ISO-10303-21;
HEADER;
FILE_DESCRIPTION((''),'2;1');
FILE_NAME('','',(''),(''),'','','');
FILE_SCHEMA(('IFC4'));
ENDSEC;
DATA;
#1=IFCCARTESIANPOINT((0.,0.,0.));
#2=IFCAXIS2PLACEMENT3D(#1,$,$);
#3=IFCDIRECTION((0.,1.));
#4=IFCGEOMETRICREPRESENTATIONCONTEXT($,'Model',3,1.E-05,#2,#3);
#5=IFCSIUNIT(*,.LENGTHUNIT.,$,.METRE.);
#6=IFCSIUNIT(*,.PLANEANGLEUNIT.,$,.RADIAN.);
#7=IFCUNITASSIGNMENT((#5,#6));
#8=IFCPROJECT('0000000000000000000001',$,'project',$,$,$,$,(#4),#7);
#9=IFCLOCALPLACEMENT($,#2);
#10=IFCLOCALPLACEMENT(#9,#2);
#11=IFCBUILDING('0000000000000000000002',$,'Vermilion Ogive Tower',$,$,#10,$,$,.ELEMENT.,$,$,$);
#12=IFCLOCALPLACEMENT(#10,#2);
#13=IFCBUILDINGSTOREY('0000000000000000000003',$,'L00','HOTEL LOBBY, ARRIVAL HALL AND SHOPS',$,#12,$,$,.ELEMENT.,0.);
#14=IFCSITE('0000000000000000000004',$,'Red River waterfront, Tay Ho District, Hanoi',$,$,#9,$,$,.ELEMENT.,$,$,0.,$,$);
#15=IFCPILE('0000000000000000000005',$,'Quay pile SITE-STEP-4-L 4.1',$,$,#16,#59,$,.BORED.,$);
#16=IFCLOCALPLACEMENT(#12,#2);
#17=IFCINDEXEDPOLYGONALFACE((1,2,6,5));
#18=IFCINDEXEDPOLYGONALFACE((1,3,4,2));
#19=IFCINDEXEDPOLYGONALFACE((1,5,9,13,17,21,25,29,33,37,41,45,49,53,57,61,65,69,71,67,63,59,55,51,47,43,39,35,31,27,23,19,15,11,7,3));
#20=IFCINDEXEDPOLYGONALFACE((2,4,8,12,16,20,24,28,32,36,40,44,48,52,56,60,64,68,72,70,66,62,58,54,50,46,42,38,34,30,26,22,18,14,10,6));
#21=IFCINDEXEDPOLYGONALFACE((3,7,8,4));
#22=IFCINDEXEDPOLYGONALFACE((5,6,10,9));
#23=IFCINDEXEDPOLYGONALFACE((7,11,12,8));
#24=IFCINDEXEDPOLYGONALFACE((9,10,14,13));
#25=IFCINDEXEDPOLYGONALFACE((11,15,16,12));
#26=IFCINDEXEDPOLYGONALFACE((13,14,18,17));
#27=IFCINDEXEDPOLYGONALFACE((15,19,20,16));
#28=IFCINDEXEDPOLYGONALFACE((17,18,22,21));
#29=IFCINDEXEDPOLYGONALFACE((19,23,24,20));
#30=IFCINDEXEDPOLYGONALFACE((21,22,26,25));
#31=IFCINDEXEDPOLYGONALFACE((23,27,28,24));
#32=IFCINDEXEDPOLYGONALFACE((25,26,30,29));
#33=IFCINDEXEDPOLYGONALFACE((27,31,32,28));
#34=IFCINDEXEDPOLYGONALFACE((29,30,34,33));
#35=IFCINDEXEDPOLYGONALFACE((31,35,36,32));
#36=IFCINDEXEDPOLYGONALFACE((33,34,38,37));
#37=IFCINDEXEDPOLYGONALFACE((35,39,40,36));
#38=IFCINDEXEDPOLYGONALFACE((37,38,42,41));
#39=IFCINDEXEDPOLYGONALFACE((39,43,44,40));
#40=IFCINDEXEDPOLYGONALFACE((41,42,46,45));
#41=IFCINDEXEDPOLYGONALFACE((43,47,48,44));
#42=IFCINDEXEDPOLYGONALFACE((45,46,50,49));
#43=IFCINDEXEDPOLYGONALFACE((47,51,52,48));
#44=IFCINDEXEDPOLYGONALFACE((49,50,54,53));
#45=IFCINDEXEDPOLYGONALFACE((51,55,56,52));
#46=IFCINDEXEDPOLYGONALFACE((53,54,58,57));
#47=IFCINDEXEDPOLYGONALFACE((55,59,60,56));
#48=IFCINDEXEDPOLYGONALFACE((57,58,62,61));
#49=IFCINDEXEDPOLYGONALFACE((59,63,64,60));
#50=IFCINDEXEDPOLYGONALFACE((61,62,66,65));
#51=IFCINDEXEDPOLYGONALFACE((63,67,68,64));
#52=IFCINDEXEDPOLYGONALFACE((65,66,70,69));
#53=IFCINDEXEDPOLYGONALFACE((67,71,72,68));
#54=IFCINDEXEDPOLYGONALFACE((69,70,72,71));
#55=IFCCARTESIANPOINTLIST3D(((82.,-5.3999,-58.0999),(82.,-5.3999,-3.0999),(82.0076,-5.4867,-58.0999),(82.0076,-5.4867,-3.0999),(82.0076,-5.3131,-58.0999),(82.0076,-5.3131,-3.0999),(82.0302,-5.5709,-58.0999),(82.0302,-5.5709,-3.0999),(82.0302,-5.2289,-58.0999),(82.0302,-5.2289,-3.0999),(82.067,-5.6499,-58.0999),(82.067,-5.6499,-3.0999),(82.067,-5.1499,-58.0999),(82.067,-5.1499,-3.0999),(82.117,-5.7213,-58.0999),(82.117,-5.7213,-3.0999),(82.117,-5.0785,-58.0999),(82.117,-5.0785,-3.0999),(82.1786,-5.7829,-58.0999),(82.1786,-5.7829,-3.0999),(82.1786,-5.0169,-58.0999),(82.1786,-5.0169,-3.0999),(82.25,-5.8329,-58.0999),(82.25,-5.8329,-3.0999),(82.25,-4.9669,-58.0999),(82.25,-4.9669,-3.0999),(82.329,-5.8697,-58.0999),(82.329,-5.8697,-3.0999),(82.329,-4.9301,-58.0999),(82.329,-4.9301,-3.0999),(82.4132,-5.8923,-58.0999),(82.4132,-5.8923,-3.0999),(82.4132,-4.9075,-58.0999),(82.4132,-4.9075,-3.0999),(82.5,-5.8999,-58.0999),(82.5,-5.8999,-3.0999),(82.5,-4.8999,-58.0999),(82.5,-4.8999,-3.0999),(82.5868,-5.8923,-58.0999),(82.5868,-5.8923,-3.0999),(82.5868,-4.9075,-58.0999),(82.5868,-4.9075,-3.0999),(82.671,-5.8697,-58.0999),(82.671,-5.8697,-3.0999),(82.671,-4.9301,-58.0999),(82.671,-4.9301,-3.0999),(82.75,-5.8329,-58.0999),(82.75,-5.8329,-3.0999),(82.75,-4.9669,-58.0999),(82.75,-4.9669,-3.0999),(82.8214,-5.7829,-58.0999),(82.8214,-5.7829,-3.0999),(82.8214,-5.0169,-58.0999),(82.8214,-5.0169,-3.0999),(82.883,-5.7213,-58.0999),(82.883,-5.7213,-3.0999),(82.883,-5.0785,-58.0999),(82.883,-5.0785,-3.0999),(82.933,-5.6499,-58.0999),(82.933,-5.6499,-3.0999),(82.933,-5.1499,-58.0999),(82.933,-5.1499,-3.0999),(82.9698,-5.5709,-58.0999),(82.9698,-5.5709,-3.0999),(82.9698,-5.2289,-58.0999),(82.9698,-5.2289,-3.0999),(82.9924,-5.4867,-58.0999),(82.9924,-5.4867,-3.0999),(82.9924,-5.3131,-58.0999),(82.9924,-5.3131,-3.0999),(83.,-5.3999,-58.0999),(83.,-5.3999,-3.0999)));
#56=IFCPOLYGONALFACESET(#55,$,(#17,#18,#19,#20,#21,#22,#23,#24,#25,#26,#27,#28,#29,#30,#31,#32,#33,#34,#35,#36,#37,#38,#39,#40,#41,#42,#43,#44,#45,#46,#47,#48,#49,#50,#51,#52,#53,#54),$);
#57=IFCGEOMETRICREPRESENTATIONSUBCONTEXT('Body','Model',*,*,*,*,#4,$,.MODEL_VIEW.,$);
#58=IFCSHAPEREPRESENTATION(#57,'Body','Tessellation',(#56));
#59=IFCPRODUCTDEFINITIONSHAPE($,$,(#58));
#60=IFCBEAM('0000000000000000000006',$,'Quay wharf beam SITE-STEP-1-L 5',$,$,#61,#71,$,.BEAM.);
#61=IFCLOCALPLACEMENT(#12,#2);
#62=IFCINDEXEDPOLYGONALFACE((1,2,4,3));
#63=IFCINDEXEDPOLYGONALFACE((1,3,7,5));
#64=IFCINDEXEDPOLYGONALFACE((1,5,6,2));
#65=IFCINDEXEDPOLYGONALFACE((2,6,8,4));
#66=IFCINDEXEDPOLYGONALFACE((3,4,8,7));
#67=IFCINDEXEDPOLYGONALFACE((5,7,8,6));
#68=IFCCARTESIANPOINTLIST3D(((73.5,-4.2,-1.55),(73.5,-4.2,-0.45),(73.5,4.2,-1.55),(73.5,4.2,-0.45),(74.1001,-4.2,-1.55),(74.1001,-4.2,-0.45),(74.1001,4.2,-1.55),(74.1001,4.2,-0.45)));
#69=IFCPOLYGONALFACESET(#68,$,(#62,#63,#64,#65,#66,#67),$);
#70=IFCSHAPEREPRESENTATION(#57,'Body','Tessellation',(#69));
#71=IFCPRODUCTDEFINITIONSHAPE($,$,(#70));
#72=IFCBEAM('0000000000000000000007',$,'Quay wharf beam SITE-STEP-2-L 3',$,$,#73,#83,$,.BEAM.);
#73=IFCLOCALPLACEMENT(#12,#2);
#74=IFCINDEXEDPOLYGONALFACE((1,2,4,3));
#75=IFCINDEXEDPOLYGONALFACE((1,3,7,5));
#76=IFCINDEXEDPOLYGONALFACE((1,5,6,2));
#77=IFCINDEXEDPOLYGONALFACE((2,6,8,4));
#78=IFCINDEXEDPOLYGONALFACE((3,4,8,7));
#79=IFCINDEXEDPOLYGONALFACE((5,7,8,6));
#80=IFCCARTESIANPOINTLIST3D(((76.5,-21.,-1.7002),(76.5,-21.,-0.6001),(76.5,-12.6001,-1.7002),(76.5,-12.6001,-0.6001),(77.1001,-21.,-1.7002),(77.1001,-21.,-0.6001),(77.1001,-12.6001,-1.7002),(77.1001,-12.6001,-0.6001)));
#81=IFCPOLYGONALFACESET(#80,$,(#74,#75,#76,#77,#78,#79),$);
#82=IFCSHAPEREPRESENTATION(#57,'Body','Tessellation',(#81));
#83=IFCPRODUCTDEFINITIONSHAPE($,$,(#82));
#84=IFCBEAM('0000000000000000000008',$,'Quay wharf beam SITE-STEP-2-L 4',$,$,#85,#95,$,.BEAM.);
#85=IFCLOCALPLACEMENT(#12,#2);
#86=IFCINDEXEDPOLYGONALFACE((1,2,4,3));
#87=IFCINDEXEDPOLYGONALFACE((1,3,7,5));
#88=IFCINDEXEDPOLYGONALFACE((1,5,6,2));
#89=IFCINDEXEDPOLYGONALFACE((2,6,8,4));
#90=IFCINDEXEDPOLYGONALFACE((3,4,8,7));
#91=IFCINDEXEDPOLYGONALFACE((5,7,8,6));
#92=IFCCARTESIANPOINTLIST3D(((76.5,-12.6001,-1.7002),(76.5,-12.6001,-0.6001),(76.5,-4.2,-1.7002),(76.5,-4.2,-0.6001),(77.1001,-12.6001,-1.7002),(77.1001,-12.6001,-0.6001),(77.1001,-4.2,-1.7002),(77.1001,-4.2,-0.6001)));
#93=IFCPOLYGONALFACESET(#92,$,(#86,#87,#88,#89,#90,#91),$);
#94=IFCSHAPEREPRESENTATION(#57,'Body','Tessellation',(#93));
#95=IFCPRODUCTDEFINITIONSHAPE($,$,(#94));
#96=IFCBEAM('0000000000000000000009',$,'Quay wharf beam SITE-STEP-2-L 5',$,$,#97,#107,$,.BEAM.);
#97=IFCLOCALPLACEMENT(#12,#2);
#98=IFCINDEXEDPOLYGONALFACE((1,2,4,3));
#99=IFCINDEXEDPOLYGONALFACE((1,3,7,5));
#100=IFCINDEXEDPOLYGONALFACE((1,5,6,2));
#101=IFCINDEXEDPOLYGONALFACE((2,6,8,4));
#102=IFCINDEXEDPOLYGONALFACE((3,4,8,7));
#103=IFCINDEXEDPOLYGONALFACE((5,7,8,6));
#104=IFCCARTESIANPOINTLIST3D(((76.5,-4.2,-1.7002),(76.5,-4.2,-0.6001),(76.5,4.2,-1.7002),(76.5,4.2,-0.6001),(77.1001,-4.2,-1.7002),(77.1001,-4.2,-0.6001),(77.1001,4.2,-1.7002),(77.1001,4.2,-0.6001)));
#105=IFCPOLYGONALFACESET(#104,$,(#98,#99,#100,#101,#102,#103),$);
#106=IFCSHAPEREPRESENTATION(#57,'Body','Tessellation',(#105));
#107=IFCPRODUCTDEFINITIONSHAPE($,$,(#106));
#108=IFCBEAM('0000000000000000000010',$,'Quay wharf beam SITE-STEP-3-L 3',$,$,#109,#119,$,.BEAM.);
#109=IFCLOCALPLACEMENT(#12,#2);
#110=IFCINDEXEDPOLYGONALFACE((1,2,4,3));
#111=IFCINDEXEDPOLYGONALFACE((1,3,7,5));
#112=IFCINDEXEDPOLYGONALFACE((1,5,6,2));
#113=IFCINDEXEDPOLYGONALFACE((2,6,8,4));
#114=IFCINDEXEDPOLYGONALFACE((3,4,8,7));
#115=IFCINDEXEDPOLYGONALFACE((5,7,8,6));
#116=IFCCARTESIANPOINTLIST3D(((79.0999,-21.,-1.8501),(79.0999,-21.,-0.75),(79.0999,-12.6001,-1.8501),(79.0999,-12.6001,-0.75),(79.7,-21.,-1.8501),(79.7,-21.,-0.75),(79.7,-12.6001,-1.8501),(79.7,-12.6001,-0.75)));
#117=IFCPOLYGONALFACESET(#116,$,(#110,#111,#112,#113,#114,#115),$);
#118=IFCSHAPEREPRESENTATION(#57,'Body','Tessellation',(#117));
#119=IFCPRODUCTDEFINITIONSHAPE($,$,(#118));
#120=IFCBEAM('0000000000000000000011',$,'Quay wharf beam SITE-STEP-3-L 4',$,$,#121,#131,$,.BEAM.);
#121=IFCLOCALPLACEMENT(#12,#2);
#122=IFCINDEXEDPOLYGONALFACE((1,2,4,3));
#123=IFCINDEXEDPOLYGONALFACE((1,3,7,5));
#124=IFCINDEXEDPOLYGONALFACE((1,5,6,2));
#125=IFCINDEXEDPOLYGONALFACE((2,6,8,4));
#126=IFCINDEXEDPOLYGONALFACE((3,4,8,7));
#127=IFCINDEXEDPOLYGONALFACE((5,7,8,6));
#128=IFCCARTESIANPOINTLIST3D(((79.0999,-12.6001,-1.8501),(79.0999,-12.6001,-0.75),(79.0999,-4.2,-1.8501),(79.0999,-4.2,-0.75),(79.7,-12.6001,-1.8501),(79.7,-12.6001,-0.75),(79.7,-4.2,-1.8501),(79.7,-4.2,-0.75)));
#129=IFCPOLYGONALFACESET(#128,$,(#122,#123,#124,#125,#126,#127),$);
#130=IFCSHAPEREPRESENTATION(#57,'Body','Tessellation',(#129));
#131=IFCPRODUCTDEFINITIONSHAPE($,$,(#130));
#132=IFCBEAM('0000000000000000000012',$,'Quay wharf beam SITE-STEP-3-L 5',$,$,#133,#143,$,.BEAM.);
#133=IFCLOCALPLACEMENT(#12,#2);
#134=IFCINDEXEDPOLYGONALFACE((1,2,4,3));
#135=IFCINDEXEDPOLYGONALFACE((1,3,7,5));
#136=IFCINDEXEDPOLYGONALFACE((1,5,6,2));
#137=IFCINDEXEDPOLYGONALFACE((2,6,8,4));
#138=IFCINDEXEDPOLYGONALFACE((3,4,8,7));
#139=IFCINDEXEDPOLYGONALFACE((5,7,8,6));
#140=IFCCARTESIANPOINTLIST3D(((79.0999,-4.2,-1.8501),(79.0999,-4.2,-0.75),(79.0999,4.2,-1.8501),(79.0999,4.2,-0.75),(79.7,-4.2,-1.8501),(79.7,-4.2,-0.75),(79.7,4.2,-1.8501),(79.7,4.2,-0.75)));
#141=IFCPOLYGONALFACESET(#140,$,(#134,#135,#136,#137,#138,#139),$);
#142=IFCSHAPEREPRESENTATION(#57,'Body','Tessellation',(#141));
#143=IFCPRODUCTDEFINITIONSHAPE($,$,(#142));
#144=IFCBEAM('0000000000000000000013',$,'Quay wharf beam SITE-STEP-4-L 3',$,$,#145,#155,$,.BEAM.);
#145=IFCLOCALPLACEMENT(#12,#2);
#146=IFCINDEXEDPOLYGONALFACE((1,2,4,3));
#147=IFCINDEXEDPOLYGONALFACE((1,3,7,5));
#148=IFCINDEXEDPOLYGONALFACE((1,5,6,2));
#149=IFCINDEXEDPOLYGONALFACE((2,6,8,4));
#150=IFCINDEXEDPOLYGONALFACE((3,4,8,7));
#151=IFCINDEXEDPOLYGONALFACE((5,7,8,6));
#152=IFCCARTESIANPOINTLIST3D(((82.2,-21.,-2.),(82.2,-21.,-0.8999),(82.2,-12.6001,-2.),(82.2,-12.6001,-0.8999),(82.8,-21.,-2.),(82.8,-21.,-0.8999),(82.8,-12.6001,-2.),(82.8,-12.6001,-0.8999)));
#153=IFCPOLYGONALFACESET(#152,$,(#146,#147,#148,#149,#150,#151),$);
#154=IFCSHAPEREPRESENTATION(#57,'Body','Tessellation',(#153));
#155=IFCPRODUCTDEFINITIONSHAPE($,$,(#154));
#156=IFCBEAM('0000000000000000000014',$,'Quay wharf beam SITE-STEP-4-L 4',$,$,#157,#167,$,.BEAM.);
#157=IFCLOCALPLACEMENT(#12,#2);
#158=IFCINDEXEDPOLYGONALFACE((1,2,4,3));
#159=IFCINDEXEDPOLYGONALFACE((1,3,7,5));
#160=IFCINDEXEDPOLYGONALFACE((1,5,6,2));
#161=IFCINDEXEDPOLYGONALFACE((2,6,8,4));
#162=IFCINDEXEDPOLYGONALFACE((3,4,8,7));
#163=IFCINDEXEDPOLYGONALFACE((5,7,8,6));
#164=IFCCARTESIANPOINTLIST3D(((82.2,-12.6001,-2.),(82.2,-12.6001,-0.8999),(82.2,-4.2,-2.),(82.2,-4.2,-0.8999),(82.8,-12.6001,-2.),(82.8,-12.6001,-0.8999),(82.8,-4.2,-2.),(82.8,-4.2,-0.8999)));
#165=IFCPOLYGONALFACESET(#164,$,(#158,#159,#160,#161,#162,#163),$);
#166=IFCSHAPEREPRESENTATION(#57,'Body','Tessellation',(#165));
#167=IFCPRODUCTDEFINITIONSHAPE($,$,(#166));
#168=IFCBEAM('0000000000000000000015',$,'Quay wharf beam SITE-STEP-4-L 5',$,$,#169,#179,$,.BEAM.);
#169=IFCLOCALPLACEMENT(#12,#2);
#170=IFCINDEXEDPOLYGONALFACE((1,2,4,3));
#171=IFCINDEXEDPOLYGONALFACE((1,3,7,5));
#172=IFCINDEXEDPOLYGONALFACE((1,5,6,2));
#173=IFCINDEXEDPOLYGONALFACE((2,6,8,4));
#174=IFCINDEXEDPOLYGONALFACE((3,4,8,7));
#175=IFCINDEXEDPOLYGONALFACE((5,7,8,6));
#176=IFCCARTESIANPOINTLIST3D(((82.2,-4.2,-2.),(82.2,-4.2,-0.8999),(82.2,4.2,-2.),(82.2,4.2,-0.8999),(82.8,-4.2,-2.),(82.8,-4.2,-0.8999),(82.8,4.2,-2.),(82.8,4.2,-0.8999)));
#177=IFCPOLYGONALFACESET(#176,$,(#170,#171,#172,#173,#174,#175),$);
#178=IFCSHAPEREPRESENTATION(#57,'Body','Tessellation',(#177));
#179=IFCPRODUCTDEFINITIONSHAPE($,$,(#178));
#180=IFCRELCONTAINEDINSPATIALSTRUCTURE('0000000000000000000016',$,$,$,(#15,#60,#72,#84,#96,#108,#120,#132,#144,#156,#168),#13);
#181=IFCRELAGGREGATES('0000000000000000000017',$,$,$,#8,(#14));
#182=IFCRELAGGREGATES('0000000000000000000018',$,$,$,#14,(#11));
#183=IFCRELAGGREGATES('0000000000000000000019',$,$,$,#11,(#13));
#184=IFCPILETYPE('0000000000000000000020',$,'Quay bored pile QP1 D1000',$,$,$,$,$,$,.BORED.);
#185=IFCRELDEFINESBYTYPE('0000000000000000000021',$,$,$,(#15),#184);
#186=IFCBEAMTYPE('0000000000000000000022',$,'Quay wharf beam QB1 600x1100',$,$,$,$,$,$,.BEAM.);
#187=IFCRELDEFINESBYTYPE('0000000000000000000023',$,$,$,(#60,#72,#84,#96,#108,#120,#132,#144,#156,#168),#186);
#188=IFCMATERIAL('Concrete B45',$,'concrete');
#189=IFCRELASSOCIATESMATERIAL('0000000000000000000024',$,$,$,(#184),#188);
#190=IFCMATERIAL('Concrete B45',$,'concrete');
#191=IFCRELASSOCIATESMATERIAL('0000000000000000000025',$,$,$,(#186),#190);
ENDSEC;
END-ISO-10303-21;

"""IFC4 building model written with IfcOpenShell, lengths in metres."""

from ifc_helpers import new_model, si_unit, direction, frame, origin, origin_2d, place, context, subcontext, project, spatial, rectangle, circle, extrude, material, material_profile, profile_set, type_object, element, save


model = new_model("IFC4")

# Units and contexts
model_context = context("Model", 3, precision=1e-05, world=origin(), true_north=direction((0.0, 1.0)))
body_context = subcontext(model_context, "Body", "Model", "MODEL_VIEW")
ifc_project = project(units=[si_unit("LENGTHUNIT", "METRE"), si_unit("PLANEANGLEUNIT", "RADIAN")], contexts=[model_context])

# Site, building, storey
site_placement = place(None, origin())
site = spatial("IfcSite", under=ifc_project, at=site_placement, Name="Red River waterfront, Tay Ho District, Hanoi", CompositionType="ELEMENT", RefElevation=0.0)
building_placement = place(site_placement, origin())
building = spatial("IfcBuilding", under=site, at=building_placement, Name="Vermilion Ogive Tower", CompositionType="ELEMENT")
storey_placement = place(building_placement, origin())
storey = spatial("IfcBuildingStorey", under=building, at=storey_placement, Name="L00", Description="HOTEL LOBBY, ARRIVAL HALL AND SHOPS", CompositionType="ELEMENT", Elevation=0.0)

# Pile
ifc_material_1 = material(Name="Concrete B45", Category="concrete")
pile_type = type_object("IfcPileType", Name="Quay bored pile QP1 D1000", PredefinedType="BORED", material=ifc_material_1)
for number, where, z_axis, x_axis, name in (
    (1, (82.5, -5.3999, -3.0999), (0.0, 0.0, -1.0), (1.0, 0.0, 0.0), "Quay pile SITE-STEP-4-L 4.1"),
):
    element("IfcPile", number, at=place(storey_placement, frame(where, z_axis=z_axis, x_axis=x_axis)), inside=storey, type_object=pile_type, Name=name, PredefinedType="BORED", context=body_context, shape_type="SweptSolid", body=[
        extrude(circle(Radius=0.5, at=origin_2d()), origin(), (0.0, 0.0, 1.0), 55.0),
    ])

# Beams
ifc_material_2 = material(Name="Concrete B45", Category="concrete")
ifc_material_profile = material_profile(ifc_material_2, rectangle(XDim=0.6001, YDim=1.1001, at=origin_2d()), Name="RC 600x1100")
ifc_profile_set = profile_set([ifc_material_profile], Name="Concrete B45")
beam_type = type_object("IfcBeamType", Name="Quay wharf beam QB1 600x1100", PredefinedType="BEAM", material=ifc_profile_set)
for number, where, z_axis, x_axis, name in (
    (2, (73.8, -4.2, -1.0), (0.0, 1.0, 0.0), (-1.0, 0.0, 0.0), "Quay wharf beam SITE-STEP-1-L 5"),
    (3, (76.8, -21.0, -1.1501), (0.0, 1.0, 0.0), (-1.0, 0.0, 0.0), "Quay wharf beam SITE-STEP-2-L 3"),
):
    element("IfcBeam", number, at=place(storey_placement, frame(where, z_axis=z_axis, x_axis=x_axis)), inside=storey, type_object=beam_type, Name=name, PredefinedType="BEAM", context=body_context, shape_type="SweptSolid", body=[
        extrude(rectangle(XDim=0.6001, YDim=1.1001, at=origin_2d()), origin(), (0.0, 0.0, 1.0), 8.3999),
    ])
beam_1_placement = place(storey_placement, frame((76.8, -12.6001, -1.1501), z_axis=(0.0, 1.0, 0.0), x_axis=(-1.0, 0.0, 0.0)))
element("IfcBeam", 4, at=beam_1_placement, inside=storey, type_object=beam_type, Name="Quay wharf beam SITE-STEP-2-L 4", PredefinedType="BEAM", context=body_context, shape_type="SweptSolid", body=[
    extrude(rectangle(XDim=0.6001, YDim=1.1001, at=origin_2d()), origin(), (0.0, 0.0, 1.0), 8.4001),
])
for number, where, z_axis, x_axis, name in (
    (5, (76.8, -4.2, -1.1501), (0.0, 1.0, 0.0), (-1.0, 0.0, 0.0), "Quay wharf beam SITE-STEP-2-L 5"),
    (6, (79.3999, -21.0, -1.3), (0.0, 1.0, 0.0), (-1.0, 0.0, 0.0), "Quay wharf beam SITE-STEP-3-L 3"),
):
    element("IfcBeam", number, at=place(storey_placement, frame(where, z_axis=z_axis, x_axis=x_axis)), inside=storey, type_object=beam_type, Name=name, PredefinedType="BEAM", context=body_context, shape_type="SweptSolid", body=[
        extrude(rectangle(XDim=0.6001, YDim=1.1001, at=origin_2d()), origin(), (0.0, 0.0, 1.0), 8.3999),
    ])
beam_2_placement = place(storey_placement, frame((79.3999, -12.6001, -1.3), z_axis=(0.0, 1.0, 0.0), x_axis=(-1.0, 0.0, 0.0)))
element("IfcBeam", 7, at=beam_2_placement, inside=storey, type_object=beam_type, Name="Quay wharf beam SITE-STEP-3-L 4", PredefinedType="BEAM", context=body_context, shape_type="SweptSolid", body=[
    extrude(rectangle(XDim=0.6001, YDim=1.1001, at=origin_2d()), origin(), (0.0, 0.0, 1.0), 8.4001),
])
for number, where, z_axis, x_axis, name in (
    (8, (79.3999, -4.2, -1.3), (0.0, 1.0, 0.0), (-1.0, 0.0, 0.0), "Quay wharf beam SITE-STEP-3-L 5"),
    (9, (82.5, -21.0, -1.45), (0.0, 1.0, 0.0), (-1.0, 0.0, 0.0), "Quay wharf beam SITE-STEP-4-L 3"),
):
    element("IfcBeam", number, at=place(storey_placement, frame(where, z_axis=z_axis, x_axis=x_axis)), inside=storey, type_object=beam_type, Name=name, PredefinedType="BEAM", context=body_context, shape_type="SweptSolid", body=[
        extrude(rectangle(XDim=0.6001, YDim=1.1001, at=origin_2d()), origin(), (0.0, 0.0, 1.0), 8.3999),
    ])
beam_3_placement = place(storey_placement, frame((82.5, -12.6001, -1.45), z_axis=(0.0, 1.0, 0.0), x_axis=(-1.0, 0.0, 0.0)))
element("IfcBeam", 10, at=beam_3_placement, inside=storey, type_object=beam_type, Name="Quay wharf beam SITE-STEP-4-L 4", PredefinedType="BEAM", context=body_context, shape_type="SweptSolid", body=[
    extrude(rectangle(XDim=0.6001, YDim=1.1001, at=origin_2d()), origin(), (0.0, 0.0, 1.0), 8.4001),
])
beam_4_placement = place(storey_placement, frame((82.5, -4.2, -1.45), z_axis=(0.0, 1.0, 0.0), x_axis=(-1.0, 0.0, 0.0)))
element("IfcBeam", 11, at=beam_4_placement, inside=storey, type_object=beam_type, Name="Quay wharf beam SITE-STEP-4-L 5", PredefinedType="BEAM", context=body_context, shape_type="SweptSolid", body=[
    extrude(rectangle(XDim=0.6001, YDim=1.1001, at=origin_2d()), origin(), (0.0, 0.0, 1.0), 8.3999),
])

save(model, "model.ifc")
